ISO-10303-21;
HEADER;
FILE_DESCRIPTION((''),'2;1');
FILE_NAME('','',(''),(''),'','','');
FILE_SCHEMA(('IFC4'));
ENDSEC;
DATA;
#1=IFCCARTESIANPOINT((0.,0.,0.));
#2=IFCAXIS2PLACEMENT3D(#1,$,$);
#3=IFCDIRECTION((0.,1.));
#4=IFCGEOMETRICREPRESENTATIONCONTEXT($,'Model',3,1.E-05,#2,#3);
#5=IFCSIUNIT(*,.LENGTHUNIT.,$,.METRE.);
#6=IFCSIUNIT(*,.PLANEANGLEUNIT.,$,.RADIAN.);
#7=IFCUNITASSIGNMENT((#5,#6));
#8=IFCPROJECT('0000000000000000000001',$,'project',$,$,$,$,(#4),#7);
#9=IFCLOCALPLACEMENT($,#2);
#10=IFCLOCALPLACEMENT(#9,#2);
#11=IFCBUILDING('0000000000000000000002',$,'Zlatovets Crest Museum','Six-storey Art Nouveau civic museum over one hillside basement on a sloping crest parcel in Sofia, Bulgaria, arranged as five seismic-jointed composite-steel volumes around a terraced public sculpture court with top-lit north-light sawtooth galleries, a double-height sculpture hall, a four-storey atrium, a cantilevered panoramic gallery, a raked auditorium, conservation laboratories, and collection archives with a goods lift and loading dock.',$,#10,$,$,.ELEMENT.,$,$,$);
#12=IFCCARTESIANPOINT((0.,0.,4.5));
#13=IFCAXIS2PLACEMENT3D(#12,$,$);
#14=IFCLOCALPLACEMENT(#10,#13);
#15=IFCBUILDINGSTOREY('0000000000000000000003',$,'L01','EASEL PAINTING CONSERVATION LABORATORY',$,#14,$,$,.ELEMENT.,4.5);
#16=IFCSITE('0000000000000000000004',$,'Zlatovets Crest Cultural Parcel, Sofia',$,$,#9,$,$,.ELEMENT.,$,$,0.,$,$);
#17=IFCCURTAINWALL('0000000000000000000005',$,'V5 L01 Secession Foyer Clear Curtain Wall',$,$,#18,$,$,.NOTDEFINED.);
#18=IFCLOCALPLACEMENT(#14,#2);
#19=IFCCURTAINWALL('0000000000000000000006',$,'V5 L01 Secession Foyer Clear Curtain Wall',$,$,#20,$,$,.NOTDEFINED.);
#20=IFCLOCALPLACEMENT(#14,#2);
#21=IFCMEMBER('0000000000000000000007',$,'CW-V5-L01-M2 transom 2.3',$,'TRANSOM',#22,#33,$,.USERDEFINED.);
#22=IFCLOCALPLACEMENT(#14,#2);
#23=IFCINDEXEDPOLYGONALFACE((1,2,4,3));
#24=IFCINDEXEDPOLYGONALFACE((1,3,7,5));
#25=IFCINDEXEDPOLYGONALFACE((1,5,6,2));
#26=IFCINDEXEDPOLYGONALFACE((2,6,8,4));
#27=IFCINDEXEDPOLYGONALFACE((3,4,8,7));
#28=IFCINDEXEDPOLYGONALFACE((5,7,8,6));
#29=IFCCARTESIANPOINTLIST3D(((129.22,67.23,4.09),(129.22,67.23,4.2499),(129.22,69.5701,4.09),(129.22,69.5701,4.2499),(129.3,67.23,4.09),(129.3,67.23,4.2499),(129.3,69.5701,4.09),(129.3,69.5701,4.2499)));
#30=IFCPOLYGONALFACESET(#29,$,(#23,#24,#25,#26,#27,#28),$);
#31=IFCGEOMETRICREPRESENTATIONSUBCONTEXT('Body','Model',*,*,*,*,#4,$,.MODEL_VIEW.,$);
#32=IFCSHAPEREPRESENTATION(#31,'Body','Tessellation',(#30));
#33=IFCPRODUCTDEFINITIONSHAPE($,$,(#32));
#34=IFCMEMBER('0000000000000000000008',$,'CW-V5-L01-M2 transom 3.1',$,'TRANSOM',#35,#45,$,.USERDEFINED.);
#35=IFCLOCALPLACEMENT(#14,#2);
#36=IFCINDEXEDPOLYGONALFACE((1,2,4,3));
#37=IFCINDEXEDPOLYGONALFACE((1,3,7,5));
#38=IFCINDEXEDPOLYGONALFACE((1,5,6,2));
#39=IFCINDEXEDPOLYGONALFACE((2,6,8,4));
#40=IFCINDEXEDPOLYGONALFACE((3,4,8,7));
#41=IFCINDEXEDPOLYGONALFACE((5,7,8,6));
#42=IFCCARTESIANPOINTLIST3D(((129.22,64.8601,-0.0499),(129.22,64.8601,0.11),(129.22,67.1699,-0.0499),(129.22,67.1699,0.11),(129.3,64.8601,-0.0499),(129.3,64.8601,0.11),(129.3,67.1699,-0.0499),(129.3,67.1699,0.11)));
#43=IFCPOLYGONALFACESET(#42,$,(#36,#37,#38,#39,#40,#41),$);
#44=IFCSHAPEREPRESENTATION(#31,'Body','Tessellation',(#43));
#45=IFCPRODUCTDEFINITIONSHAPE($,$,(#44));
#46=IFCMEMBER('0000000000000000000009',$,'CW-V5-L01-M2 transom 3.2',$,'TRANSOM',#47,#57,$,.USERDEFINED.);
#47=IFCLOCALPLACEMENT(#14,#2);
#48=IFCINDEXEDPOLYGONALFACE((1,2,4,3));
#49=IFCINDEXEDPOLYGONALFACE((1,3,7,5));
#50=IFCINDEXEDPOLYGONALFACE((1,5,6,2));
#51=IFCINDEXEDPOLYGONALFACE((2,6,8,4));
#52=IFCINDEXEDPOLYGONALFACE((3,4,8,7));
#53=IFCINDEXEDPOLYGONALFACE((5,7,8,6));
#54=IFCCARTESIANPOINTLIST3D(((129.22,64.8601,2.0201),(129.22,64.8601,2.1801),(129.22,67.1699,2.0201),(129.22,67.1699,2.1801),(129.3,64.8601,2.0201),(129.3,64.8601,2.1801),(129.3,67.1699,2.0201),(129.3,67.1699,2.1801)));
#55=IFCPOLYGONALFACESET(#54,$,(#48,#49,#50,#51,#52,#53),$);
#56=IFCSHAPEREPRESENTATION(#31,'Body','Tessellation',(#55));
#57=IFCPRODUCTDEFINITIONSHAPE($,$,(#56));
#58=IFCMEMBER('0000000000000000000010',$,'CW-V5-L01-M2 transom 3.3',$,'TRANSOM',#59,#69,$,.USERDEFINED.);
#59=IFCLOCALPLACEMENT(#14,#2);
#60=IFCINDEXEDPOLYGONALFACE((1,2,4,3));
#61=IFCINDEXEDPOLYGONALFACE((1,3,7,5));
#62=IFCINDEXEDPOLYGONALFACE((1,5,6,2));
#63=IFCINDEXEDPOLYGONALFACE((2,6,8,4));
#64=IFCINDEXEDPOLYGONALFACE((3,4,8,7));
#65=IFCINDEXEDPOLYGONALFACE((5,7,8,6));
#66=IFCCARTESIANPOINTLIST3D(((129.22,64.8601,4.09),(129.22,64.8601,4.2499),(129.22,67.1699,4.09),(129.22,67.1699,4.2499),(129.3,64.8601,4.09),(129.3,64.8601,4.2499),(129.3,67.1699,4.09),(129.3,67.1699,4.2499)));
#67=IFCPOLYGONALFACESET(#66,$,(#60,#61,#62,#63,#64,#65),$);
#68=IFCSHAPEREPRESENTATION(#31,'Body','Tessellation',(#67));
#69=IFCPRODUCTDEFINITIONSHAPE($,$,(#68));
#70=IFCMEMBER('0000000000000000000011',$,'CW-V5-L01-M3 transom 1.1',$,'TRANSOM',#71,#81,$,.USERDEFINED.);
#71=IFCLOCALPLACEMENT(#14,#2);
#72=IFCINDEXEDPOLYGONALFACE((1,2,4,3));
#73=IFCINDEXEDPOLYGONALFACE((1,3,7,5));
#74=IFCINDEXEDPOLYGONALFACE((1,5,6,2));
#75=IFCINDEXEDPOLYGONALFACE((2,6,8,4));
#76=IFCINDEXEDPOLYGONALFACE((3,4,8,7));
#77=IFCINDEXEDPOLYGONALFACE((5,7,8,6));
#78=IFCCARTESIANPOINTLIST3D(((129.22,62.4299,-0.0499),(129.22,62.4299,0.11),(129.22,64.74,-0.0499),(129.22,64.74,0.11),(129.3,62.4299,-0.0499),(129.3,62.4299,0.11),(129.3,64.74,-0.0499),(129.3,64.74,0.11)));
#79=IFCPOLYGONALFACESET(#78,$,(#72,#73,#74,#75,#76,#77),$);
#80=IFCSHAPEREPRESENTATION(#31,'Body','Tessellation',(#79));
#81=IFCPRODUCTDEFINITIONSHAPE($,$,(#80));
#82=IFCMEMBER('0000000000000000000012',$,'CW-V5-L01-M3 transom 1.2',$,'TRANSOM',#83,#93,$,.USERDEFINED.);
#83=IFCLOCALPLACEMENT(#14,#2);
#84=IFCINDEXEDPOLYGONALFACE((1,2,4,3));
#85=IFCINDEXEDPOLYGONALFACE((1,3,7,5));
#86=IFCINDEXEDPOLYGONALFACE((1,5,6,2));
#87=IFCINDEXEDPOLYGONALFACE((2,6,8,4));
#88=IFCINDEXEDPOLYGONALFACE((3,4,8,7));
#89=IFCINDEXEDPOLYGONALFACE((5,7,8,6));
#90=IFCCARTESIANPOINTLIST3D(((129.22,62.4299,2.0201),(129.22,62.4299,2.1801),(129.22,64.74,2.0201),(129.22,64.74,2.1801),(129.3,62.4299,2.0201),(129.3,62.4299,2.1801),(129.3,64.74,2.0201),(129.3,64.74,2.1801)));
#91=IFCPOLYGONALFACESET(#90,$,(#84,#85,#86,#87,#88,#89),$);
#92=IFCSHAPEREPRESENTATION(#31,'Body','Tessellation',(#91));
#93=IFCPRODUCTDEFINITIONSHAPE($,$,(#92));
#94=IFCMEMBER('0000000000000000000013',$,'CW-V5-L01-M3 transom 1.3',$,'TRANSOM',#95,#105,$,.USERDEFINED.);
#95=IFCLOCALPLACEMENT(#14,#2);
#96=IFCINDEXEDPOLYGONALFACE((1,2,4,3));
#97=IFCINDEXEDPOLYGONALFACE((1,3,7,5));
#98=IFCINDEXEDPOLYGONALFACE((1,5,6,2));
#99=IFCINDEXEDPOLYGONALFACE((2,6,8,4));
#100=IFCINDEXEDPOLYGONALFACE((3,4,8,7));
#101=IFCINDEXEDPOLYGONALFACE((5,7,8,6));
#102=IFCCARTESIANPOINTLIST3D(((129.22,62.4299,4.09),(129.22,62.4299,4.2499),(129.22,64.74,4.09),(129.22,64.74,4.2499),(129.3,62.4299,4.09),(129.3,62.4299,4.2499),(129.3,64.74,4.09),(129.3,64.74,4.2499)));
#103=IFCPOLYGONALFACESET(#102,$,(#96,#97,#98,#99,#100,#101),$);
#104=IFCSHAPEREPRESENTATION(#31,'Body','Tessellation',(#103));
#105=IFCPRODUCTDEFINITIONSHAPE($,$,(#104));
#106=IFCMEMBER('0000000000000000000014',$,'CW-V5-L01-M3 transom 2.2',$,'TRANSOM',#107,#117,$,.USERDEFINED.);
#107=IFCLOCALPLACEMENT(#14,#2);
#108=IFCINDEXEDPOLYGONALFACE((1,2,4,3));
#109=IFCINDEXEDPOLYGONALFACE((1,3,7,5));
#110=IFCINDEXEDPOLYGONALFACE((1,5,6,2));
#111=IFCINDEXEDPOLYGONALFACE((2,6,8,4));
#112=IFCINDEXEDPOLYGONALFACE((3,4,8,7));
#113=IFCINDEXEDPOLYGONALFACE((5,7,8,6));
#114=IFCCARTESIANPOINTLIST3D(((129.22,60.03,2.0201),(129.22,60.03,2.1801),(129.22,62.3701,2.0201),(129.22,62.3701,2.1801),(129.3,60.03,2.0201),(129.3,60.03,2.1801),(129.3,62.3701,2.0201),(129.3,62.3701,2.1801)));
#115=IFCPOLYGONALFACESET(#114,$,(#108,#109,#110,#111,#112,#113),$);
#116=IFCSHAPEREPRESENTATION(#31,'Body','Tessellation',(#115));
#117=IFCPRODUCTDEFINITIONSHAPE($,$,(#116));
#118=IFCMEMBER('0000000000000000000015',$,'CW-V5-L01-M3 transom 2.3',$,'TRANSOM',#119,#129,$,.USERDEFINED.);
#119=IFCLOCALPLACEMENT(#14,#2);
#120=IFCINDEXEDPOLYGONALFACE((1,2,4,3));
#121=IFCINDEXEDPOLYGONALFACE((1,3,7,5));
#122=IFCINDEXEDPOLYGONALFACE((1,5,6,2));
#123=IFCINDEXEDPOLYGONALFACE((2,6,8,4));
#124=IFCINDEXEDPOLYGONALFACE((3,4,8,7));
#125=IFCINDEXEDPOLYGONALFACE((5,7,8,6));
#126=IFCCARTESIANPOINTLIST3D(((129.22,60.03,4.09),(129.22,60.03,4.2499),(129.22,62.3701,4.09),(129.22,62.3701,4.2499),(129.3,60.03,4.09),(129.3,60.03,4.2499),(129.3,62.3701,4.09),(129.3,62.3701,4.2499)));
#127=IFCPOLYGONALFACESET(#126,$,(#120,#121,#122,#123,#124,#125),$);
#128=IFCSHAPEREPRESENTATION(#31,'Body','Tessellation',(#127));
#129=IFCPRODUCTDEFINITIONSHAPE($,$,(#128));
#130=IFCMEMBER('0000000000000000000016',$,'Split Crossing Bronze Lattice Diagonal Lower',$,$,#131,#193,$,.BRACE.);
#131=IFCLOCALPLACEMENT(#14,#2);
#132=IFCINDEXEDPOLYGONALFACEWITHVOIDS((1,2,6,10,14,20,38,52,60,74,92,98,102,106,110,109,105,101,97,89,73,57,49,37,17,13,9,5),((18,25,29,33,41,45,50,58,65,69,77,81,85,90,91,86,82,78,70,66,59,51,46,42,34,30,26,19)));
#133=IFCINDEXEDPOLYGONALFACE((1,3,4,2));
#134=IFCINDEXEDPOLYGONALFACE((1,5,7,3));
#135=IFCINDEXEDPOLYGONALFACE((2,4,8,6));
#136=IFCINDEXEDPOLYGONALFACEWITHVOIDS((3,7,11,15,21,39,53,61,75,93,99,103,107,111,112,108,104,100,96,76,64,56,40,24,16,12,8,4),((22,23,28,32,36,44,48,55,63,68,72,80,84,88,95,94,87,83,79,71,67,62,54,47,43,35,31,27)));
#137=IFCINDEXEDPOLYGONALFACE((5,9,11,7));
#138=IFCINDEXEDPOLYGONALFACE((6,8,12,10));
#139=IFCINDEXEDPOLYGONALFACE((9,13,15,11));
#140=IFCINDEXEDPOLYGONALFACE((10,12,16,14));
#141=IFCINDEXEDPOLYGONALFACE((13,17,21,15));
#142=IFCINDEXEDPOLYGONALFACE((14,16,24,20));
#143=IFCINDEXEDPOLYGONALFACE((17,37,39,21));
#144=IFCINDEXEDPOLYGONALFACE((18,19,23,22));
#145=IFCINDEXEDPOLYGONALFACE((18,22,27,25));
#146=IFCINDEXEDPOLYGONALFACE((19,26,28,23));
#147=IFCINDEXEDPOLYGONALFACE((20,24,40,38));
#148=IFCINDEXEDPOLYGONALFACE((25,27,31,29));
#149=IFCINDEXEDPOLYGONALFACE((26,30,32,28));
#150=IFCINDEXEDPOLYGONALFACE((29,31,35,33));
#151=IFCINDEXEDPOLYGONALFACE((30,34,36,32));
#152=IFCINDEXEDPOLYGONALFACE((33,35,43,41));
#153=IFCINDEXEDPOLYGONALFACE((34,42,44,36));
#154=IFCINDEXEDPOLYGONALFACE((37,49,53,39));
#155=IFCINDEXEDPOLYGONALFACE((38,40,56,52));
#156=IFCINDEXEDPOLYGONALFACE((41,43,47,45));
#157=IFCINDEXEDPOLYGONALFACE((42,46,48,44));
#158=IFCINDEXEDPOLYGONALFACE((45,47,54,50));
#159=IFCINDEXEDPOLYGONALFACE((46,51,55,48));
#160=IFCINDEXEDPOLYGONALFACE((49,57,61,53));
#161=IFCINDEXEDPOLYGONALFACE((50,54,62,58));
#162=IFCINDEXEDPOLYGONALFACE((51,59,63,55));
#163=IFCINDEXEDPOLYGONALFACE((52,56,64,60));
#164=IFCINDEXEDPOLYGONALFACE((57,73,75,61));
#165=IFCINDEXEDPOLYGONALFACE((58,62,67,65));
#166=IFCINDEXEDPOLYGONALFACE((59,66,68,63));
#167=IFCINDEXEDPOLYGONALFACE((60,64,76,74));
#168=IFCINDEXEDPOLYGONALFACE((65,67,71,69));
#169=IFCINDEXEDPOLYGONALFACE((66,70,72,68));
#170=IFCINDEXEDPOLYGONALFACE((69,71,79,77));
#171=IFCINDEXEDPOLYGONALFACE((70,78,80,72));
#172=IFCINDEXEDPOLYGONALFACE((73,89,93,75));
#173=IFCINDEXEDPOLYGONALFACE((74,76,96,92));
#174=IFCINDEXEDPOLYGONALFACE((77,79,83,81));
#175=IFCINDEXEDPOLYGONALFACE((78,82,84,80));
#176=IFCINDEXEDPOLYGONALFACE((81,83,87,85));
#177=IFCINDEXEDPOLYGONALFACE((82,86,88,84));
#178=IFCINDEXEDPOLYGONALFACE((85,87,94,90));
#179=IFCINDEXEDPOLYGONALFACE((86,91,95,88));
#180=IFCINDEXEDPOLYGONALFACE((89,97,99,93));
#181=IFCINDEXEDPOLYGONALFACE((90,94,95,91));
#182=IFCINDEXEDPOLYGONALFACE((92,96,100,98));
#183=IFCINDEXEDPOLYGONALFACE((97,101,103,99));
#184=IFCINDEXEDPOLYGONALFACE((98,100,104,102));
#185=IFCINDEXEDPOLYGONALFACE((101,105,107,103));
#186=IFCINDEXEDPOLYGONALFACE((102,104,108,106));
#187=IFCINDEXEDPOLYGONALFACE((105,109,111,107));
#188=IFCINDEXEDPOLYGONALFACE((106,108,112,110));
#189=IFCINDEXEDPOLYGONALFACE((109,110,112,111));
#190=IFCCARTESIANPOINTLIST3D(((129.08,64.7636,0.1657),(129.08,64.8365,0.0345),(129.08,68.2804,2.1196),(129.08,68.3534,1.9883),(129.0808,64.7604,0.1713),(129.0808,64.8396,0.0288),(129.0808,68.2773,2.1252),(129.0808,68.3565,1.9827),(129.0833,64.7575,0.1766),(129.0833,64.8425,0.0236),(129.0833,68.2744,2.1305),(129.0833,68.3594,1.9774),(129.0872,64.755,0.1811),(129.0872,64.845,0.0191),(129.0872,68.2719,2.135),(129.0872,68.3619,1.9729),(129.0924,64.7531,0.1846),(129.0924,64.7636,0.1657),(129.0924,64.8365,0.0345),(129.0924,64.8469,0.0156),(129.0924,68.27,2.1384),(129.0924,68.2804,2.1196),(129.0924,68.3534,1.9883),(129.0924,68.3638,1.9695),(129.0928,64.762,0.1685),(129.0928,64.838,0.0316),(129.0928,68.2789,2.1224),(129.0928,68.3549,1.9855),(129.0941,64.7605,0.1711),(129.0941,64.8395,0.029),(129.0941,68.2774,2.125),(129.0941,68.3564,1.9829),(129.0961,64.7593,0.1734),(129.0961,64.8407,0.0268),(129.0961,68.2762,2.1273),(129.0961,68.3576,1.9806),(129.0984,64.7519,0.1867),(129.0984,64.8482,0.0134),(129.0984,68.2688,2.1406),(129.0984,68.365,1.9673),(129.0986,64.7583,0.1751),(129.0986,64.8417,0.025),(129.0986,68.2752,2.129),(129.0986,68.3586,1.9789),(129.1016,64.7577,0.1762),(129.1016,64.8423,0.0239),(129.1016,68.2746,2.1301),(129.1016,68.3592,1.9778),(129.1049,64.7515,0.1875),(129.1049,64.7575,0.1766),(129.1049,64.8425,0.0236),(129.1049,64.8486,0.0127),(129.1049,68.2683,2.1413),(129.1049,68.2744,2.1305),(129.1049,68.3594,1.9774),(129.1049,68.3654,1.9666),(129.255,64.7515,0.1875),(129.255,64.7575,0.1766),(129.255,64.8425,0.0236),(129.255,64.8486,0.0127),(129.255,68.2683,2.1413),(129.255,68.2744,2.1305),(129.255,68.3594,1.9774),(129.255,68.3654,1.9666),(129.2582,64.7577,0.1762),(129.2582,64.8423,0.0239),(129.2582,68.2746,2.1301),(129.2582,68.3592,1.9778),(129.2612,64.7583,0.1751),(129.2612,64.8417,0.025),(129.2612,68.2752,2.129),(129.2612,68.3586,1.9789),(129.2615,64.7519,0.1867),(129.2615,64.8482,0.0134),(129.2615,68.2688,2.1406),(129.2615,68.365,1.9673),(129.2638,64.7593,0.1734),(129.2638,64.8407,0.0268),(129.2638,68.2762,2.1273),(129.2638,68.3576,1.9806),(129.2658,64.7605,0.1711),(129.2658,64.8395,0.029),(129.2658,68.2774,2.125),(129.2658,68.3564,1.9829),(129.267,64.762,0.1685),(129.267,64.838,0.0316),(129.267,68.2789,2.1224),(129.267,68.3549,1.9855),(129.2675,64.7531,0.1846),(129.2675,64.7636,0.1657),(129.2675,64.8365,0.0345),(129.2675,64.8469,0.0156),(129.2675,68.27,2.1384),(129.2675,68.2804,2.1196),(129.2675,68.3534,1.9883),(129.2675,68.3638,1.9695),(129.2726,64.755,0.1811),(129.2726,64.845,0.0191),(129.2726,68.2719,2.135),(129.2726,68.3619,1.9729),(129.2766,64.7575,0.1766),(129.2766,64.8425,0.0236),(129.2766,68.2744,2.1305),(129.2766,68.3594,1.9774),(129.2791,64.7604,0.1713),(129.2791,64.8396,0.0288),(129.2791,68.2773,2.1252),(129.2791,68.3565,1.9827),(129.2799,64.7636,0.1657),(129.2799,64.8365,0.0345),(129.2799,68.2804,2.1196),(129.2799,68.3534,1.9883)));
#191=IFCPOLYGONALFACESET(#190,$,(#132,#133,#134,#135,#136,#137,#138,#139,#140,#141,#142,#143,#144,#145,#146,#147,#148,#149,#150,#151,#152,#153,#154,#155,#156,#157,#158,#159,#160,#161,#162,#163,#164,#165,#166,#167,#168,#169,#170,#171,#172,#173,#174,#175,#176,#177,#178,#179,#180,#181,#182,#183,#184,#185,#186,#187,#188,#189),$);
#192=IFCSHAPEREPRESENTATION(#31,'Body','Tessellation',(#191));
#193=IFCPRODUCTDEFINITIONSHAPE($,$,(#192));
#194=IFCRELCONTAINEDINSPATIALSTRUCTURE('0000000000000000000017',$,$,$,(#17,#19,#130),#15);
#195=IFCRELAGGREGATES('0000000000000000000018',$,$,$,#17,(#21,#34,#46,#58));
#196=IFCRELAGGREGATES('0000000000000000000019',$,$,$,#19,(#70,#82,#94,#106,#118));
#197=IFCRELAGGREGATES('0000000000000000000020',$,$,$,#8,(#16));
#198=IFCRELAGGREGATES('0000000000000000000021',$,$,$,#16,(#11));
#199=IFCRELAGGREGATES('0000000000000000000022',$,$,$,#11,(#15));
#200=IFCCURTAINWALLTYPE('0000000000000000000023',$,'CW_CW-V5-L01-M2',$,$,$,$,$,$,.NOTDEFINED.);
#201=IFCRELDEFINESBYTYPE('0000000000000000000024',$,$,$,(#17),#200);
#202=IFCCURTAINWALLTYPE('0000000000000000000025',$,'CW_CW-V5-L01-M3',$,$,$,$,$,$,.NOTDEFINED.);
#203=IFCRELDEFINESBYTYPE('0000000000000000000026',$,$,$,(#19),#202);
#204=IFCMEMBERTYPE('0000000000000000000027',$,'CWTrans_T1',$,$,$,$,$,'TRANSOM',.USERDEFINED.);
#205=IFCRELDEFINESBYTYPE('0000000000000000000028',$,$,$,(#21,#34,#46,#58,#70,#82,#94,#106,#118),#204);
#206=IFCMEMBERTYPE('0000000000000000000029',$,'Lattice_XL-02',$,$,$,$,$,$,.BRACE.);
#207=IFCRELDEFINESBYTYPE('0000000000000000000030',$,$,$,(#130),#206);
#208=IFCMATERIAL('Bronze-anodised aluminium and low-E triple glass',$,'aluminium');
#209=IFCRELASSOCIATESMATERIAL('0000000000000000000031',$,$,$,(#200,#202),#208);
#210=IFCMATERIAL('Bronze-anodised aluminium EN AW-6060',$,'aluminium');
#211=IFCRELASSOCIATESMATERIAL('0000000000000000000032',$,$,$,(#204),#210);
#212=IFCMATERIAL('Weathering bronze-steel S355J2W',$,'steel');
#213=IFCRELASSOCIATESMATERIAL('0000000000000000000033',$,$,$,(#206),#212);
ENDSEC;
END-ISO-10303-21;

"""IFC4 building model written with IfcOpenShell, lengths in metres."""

from ifc_helpers import new_model, si_unit, direction, frame, origin, origin_2d, place, context, subcontext, project, spatial, rectangle, hollow_rectangle, extrude, material, material_profile, profile_set, type_object, element, aggregate, save


model = new_model("IFC4")

# Units and contexts
model_context = context("Model", 3, precision=1e-05, world=origin(), true_north=direction((0.0, 1.0)))
body_context = subcontext(model_context, "Body", "Model", "MODEL_VIEW")
ifc_project = project(units=[si_unit("LENGTHUNIT", "METRE"), si_unit("PLANEANGLEUNIT", "RADIAN")], contexts=[model_context])

# Site, building, storey
site_placement = place(None, origin())
site = spatial("IfcSite", under=ifc_project, at=site_placement, Name="Zlatovets Crest Cultural Parcel, Sofia", CompositionType="ELEMENT", RefElevation=0.0)
building_placement = place(site_placement, origin())
building = spatial("IfcBuilding", under=site, at=building_placement, Name="Zlatovets Crest Museum", Description="Six-storey Art Nouveau civic museum over one hillside basement on a sloping crest parcel in Sofia, Bulgaria, arranged as five seismic-jointed composite-steel volumes around a terraced public sculpture court with top-lit north-light sawtooth galleries, a double-height sculpture hall, a four-storey atrium, a cantilevered panoramic gallery, a raked auditorium, conservation laboratories, and collection archives with a goods lift and loading dock.", CompositionType="ELEMENT")
storey_placement = place(building_placement, frame((0.0, 0.0, 4.5)))
storey = spatial("IfcBuildingStorey", under=building, at=storey_placement, Name="L01", Description="EASEL PAINTING CONSERVATION LABORATORY", CompositionType="ELEMENT", Elevation=4.5)

# Curtain walls
ifc_material_1 = material(Name="Bronze-anodised aluminium and low-E triple glass", Category="aluminium")
curtain_wall_type_1 = type_object("IfcCurtainWallType", Name="CW_CW-V5-L01-M2", PredefinedType="NOTDEFINED", material=ifc_material_1)
curtain_wall_1_placement = place(storey_placement, origin())
curtain_wall_1 = element("IfcCurtainWall", 1, at=curtain_wall_1_placement, inside=storey, type_object=curtain_wall_type_1, Name="V5 L01 Secession Foyer Clear Curtain Wall", PredefinedType="NOTDEFINED")
ifc_material_2 = material(Name="Bronze-anodised aluminium EN AW-6060", Category="aluminium")
curtain_wall_type_2 = type_object("IfcCurtainWallType", Name="CW_CW-V5-L01-M3", PredefinedType="NOTDEFINED", material=ifc_material_1)
curtain_wall_2_placement = place(storey_placement, origin())
curtain_wall_2 = element("IfcCurtainWall", 2, at=curtain_wall_2_placement, inside=storey, type_object=curtain_wall_type_2, Name="V5 L01 Secession Foyer Clear Curtain Wall", PredefinedType="NOTDEFINED")

# Members
ifc_material_profile_1 = material_profile(ifc_material_2, rectangle(XDim=0.0801, YDim=0.1599, at=origin_2d()), Name="ALU 80x160")
ifc_profile_set_1 = profile_set([ifc_material_profile_1], Name="Bronze-anodised aluminium EN AW-6060")
member_type_1 = type_object("IfcMemberType", Name="CWTrans_T1", ElementType="TRANSOM", PredefinedType="USERDEFINED", material=ifc_profile_set_1)
member_1_placement = place(storey_placement, frame((129.26, 69.5701, 4.1699), z_axis=(0.0, -1.0, 0.0), x_axis=(1.0, 0.0, 0.0)))
member_1 = element("IfcMember", 3, at=member_1_placement, type_object=member_type_1, Name="CW-V5-L01-M2 transom 2.3", ObjectType="TRANSOM", PredefinedType="USERDEFINED", context=body_context, shape_type="SweptSolid", body=[
    extrude(rectangle(XDim=0.0801, YDim=0.1599, at=origin_2d()), origin(), (0.0, 0.0, 1.0), 2.3401),
])
member_2_placement = place(storey_placement, frame((129.26, 67.1699, 0.03), z_axis=(0.0, -1.0, 0.0), x_axis=(1.0, 0.0, 0.0)))
member_2 = element("IfcMember", 4, at=member_2_placement, type_object=member_type_1, Name="CW-V5-L01-M2 transom 3.1", ObjectType="TRANSOM", PredefinedType="USERDEFINED", context=body_context, shape_type="SweptSolid", body=[
    extrude(rectangle(XDim=0.0801, YDim=0.1599, at=origin_2d()), origin(), (0.0, 0.0, 1.0), 2.3098),
])
member_3_placement = place(storey_placement, frame((129.26, 67.1699, 2.1001), z_axis=(0.0, -1.0, 0.0), x_axis=(1.0, 0.0, 0.0)))
member_3 = element("IfcMember", 5, at=member_3_placement, type_object=member_type_1, Name="CW-V5-L01-M2 transom 3.2", ObjectType="TRANSOM", PredefinedType="USERDEFINED", context=body_context, shape_type="SweptSolid", body=[
    extrude(rectangle(XDim=0.0801, YDim=0.1599, at=origin_2d()), origin(), (0.0, 0.0, 1.0), 2.3098),
])
member_4_placement = place(storey_placement, frame((129.26, 67.1699, 4.1699), z_axis=(0.0, -1.0, 0.0), x_axis=(1.0, 0.0, 0.0)))
member_4 = element("IfcMember", 6, at=member_4_placement, type_object=member_type_1, Name="CW-V5-L01-M2 transom 3.3", ObjectType="TRANSOM", PredefinedType="USERDEFINED", context=body_context, shape_type="SweptSolid", body=[
    extrude(rectangle(XDim=0.0801, YDim=0.1599, at=origin_2d()), origin(), (0.0, 0.0, 1.0), 2.3098),
])
member_5_placement = place(storey_placement, frame((129.26, 64.74, 0.03), z_axis=(0.0, -1.0, 0.0), x_axis=(1.0, 0.0, 0.0)))
member_5 = element("IfcMember", 7, at=member_5_placement, type_object=member_type_1, Name="CW-V5-L01-M3 transom 1.1", ObjectType="TRANSOM", PredefinedType="USERDEFINED", context=body_context, shape_type="SweptSolid", body=[
    extrude(rectangle(XDim=0.0801, YDim=0.1599, at=origin_2d()), origin(), (0.0, 0.0, 1.0), 2.3101),
])
member_6_placement = place(storey_placement, frame((129.26, 64.74, 2.1001), z_axis=(0.0, -1.0, 0.0), x_axis=(1.0, 0.0, 0.0)))
member_6 = element("IfcMember", 8, at=member_6_placement, type_object=member_type_1, Name="CW-V5-L01-M3 transom 1.2", ObjectType="TRANSOM", PredefinedType="USERDEFINED", context=body_context, shape_type="SweptSolid", body=[
    extrude(rectangle(XDim=0.0801, YDim=0.1599, at=origin_2d()), origin(), (0.0, 0.0, 1.0), 2.3101),
])
member_7_placement = place(storey_placement, frame((129.26, 64.74, 4.1699), z_axis=(0.0, -1.0, 0.0), x_axis=(1.0, 0.0, 0.0)))
member_7 = element("IfcMember", 9, at=member_7_placement, type_object=member_type_1, Name="CW-V5-L01-M3 transom 1.3", ObjectType="TRANSOM", PredefinedType="USERDEFINED", context=body_context, shape_type="SweptSolid", body=[
    extrude(rectangle(XDim=0.0801, YDim=0.1599, at=origin_2d()), origin(), (0.0, 0.0, 1.0), 2.3101),
])
member_8_placement = place(storey_placement, frame((129.26, 62.3701, 2.1001), z_axis=(0.0, -1.0, 0.0), x_axis=(1.0, 0.0, 0.0)))
member_8 = element("IfcMember", 10, at=member_8_placement, type_object=member_type_1, Name="CW-V5-L01-M3 transom 2.2", ObjectType="TRANSOM", PredefinedType="USERDEFINED", context=body_context, shape_type="SweptSolid", body=[
    extrude(rectangle(XDim=0.0801, YDim=0.1599, at=origin_2d()), origin(), (0.0, 0.0, 1.0), 2.3401),
])
member_9_placement = place(storey_placement, frame((129.26, 62.3701, 4.1699), z_axis=(0.0, -1.0, 0.0), x_axis=(1.0, 0.0, 0.0)))
member_9 = element("IfcMember", 11, at=member_9_placement, type_object=member_type_1, Name="CW-V5-L01-M3 transom 2.3", ObjectType="TRANSOM", PredefinedType="USERDEFINED", context=body_context, shape_type="SweptSolid", body=[
    extrude(rectangle(XDim=0.0801, YDim=0.1599, at=origin_2d()), origin(), (0.0, 0.0, 1.0), 2.3401),
])

# Member
ifc_material_3 = material(Name="Weathering bronze-steel S355J2W", Category="steel")
ifc_material_profile_2 = material_profile(ifc_material_3, hollow_rectangle(XDim=0.2, YDim=0.2, WallThickness=0.0125, InnerFilletRadius=0.0125, OuterFilletRadius=0.0249, at=origin_2d()), Name="SHS 200x200x12.5")
ifc_profile_set_2 = profile_set([ifc_material_profile_2], Name="Weathering bronze-steel S355J2W")
member_type_2 = type_object("IfcMemberType", Name="Lattice_XL-02", PredefinedType="BRACE", material=ifc_profile_set_2)
member_10_placement = place(storey_placement, frame((129.1799, 68.3169, 2.054), z_axis=(0.0, -0.874152, -0.485653), x_axis=(1.0, 0.0, 0.0)))
element("IfcMember", 12, at=member_10_placement, inside=storey, type_object=member_type_2, Name="Split Crossing Bronze Lattice Diagonal Lower", PredefinedType="BRACE", context=body_context, shape_type="SweptSolid", body=[
    extrude(hollow_rectangle(XDim=0.2, YDim=0.2, WallThickness=0.0125, InnerFilletRadius=0.0125, OuterFilletRadius=0.0249, at=origin_2d()), origin(), (0.0, 0.0, 1.0), 4.0232),
])

aggregate(curtain_wall_1, [member_1, member_2, member_3, member_4])
aggregate(curtain_wall_2, [member_5, member_6, member_7, member_8, member_9])

save(model, "model.ifc")
